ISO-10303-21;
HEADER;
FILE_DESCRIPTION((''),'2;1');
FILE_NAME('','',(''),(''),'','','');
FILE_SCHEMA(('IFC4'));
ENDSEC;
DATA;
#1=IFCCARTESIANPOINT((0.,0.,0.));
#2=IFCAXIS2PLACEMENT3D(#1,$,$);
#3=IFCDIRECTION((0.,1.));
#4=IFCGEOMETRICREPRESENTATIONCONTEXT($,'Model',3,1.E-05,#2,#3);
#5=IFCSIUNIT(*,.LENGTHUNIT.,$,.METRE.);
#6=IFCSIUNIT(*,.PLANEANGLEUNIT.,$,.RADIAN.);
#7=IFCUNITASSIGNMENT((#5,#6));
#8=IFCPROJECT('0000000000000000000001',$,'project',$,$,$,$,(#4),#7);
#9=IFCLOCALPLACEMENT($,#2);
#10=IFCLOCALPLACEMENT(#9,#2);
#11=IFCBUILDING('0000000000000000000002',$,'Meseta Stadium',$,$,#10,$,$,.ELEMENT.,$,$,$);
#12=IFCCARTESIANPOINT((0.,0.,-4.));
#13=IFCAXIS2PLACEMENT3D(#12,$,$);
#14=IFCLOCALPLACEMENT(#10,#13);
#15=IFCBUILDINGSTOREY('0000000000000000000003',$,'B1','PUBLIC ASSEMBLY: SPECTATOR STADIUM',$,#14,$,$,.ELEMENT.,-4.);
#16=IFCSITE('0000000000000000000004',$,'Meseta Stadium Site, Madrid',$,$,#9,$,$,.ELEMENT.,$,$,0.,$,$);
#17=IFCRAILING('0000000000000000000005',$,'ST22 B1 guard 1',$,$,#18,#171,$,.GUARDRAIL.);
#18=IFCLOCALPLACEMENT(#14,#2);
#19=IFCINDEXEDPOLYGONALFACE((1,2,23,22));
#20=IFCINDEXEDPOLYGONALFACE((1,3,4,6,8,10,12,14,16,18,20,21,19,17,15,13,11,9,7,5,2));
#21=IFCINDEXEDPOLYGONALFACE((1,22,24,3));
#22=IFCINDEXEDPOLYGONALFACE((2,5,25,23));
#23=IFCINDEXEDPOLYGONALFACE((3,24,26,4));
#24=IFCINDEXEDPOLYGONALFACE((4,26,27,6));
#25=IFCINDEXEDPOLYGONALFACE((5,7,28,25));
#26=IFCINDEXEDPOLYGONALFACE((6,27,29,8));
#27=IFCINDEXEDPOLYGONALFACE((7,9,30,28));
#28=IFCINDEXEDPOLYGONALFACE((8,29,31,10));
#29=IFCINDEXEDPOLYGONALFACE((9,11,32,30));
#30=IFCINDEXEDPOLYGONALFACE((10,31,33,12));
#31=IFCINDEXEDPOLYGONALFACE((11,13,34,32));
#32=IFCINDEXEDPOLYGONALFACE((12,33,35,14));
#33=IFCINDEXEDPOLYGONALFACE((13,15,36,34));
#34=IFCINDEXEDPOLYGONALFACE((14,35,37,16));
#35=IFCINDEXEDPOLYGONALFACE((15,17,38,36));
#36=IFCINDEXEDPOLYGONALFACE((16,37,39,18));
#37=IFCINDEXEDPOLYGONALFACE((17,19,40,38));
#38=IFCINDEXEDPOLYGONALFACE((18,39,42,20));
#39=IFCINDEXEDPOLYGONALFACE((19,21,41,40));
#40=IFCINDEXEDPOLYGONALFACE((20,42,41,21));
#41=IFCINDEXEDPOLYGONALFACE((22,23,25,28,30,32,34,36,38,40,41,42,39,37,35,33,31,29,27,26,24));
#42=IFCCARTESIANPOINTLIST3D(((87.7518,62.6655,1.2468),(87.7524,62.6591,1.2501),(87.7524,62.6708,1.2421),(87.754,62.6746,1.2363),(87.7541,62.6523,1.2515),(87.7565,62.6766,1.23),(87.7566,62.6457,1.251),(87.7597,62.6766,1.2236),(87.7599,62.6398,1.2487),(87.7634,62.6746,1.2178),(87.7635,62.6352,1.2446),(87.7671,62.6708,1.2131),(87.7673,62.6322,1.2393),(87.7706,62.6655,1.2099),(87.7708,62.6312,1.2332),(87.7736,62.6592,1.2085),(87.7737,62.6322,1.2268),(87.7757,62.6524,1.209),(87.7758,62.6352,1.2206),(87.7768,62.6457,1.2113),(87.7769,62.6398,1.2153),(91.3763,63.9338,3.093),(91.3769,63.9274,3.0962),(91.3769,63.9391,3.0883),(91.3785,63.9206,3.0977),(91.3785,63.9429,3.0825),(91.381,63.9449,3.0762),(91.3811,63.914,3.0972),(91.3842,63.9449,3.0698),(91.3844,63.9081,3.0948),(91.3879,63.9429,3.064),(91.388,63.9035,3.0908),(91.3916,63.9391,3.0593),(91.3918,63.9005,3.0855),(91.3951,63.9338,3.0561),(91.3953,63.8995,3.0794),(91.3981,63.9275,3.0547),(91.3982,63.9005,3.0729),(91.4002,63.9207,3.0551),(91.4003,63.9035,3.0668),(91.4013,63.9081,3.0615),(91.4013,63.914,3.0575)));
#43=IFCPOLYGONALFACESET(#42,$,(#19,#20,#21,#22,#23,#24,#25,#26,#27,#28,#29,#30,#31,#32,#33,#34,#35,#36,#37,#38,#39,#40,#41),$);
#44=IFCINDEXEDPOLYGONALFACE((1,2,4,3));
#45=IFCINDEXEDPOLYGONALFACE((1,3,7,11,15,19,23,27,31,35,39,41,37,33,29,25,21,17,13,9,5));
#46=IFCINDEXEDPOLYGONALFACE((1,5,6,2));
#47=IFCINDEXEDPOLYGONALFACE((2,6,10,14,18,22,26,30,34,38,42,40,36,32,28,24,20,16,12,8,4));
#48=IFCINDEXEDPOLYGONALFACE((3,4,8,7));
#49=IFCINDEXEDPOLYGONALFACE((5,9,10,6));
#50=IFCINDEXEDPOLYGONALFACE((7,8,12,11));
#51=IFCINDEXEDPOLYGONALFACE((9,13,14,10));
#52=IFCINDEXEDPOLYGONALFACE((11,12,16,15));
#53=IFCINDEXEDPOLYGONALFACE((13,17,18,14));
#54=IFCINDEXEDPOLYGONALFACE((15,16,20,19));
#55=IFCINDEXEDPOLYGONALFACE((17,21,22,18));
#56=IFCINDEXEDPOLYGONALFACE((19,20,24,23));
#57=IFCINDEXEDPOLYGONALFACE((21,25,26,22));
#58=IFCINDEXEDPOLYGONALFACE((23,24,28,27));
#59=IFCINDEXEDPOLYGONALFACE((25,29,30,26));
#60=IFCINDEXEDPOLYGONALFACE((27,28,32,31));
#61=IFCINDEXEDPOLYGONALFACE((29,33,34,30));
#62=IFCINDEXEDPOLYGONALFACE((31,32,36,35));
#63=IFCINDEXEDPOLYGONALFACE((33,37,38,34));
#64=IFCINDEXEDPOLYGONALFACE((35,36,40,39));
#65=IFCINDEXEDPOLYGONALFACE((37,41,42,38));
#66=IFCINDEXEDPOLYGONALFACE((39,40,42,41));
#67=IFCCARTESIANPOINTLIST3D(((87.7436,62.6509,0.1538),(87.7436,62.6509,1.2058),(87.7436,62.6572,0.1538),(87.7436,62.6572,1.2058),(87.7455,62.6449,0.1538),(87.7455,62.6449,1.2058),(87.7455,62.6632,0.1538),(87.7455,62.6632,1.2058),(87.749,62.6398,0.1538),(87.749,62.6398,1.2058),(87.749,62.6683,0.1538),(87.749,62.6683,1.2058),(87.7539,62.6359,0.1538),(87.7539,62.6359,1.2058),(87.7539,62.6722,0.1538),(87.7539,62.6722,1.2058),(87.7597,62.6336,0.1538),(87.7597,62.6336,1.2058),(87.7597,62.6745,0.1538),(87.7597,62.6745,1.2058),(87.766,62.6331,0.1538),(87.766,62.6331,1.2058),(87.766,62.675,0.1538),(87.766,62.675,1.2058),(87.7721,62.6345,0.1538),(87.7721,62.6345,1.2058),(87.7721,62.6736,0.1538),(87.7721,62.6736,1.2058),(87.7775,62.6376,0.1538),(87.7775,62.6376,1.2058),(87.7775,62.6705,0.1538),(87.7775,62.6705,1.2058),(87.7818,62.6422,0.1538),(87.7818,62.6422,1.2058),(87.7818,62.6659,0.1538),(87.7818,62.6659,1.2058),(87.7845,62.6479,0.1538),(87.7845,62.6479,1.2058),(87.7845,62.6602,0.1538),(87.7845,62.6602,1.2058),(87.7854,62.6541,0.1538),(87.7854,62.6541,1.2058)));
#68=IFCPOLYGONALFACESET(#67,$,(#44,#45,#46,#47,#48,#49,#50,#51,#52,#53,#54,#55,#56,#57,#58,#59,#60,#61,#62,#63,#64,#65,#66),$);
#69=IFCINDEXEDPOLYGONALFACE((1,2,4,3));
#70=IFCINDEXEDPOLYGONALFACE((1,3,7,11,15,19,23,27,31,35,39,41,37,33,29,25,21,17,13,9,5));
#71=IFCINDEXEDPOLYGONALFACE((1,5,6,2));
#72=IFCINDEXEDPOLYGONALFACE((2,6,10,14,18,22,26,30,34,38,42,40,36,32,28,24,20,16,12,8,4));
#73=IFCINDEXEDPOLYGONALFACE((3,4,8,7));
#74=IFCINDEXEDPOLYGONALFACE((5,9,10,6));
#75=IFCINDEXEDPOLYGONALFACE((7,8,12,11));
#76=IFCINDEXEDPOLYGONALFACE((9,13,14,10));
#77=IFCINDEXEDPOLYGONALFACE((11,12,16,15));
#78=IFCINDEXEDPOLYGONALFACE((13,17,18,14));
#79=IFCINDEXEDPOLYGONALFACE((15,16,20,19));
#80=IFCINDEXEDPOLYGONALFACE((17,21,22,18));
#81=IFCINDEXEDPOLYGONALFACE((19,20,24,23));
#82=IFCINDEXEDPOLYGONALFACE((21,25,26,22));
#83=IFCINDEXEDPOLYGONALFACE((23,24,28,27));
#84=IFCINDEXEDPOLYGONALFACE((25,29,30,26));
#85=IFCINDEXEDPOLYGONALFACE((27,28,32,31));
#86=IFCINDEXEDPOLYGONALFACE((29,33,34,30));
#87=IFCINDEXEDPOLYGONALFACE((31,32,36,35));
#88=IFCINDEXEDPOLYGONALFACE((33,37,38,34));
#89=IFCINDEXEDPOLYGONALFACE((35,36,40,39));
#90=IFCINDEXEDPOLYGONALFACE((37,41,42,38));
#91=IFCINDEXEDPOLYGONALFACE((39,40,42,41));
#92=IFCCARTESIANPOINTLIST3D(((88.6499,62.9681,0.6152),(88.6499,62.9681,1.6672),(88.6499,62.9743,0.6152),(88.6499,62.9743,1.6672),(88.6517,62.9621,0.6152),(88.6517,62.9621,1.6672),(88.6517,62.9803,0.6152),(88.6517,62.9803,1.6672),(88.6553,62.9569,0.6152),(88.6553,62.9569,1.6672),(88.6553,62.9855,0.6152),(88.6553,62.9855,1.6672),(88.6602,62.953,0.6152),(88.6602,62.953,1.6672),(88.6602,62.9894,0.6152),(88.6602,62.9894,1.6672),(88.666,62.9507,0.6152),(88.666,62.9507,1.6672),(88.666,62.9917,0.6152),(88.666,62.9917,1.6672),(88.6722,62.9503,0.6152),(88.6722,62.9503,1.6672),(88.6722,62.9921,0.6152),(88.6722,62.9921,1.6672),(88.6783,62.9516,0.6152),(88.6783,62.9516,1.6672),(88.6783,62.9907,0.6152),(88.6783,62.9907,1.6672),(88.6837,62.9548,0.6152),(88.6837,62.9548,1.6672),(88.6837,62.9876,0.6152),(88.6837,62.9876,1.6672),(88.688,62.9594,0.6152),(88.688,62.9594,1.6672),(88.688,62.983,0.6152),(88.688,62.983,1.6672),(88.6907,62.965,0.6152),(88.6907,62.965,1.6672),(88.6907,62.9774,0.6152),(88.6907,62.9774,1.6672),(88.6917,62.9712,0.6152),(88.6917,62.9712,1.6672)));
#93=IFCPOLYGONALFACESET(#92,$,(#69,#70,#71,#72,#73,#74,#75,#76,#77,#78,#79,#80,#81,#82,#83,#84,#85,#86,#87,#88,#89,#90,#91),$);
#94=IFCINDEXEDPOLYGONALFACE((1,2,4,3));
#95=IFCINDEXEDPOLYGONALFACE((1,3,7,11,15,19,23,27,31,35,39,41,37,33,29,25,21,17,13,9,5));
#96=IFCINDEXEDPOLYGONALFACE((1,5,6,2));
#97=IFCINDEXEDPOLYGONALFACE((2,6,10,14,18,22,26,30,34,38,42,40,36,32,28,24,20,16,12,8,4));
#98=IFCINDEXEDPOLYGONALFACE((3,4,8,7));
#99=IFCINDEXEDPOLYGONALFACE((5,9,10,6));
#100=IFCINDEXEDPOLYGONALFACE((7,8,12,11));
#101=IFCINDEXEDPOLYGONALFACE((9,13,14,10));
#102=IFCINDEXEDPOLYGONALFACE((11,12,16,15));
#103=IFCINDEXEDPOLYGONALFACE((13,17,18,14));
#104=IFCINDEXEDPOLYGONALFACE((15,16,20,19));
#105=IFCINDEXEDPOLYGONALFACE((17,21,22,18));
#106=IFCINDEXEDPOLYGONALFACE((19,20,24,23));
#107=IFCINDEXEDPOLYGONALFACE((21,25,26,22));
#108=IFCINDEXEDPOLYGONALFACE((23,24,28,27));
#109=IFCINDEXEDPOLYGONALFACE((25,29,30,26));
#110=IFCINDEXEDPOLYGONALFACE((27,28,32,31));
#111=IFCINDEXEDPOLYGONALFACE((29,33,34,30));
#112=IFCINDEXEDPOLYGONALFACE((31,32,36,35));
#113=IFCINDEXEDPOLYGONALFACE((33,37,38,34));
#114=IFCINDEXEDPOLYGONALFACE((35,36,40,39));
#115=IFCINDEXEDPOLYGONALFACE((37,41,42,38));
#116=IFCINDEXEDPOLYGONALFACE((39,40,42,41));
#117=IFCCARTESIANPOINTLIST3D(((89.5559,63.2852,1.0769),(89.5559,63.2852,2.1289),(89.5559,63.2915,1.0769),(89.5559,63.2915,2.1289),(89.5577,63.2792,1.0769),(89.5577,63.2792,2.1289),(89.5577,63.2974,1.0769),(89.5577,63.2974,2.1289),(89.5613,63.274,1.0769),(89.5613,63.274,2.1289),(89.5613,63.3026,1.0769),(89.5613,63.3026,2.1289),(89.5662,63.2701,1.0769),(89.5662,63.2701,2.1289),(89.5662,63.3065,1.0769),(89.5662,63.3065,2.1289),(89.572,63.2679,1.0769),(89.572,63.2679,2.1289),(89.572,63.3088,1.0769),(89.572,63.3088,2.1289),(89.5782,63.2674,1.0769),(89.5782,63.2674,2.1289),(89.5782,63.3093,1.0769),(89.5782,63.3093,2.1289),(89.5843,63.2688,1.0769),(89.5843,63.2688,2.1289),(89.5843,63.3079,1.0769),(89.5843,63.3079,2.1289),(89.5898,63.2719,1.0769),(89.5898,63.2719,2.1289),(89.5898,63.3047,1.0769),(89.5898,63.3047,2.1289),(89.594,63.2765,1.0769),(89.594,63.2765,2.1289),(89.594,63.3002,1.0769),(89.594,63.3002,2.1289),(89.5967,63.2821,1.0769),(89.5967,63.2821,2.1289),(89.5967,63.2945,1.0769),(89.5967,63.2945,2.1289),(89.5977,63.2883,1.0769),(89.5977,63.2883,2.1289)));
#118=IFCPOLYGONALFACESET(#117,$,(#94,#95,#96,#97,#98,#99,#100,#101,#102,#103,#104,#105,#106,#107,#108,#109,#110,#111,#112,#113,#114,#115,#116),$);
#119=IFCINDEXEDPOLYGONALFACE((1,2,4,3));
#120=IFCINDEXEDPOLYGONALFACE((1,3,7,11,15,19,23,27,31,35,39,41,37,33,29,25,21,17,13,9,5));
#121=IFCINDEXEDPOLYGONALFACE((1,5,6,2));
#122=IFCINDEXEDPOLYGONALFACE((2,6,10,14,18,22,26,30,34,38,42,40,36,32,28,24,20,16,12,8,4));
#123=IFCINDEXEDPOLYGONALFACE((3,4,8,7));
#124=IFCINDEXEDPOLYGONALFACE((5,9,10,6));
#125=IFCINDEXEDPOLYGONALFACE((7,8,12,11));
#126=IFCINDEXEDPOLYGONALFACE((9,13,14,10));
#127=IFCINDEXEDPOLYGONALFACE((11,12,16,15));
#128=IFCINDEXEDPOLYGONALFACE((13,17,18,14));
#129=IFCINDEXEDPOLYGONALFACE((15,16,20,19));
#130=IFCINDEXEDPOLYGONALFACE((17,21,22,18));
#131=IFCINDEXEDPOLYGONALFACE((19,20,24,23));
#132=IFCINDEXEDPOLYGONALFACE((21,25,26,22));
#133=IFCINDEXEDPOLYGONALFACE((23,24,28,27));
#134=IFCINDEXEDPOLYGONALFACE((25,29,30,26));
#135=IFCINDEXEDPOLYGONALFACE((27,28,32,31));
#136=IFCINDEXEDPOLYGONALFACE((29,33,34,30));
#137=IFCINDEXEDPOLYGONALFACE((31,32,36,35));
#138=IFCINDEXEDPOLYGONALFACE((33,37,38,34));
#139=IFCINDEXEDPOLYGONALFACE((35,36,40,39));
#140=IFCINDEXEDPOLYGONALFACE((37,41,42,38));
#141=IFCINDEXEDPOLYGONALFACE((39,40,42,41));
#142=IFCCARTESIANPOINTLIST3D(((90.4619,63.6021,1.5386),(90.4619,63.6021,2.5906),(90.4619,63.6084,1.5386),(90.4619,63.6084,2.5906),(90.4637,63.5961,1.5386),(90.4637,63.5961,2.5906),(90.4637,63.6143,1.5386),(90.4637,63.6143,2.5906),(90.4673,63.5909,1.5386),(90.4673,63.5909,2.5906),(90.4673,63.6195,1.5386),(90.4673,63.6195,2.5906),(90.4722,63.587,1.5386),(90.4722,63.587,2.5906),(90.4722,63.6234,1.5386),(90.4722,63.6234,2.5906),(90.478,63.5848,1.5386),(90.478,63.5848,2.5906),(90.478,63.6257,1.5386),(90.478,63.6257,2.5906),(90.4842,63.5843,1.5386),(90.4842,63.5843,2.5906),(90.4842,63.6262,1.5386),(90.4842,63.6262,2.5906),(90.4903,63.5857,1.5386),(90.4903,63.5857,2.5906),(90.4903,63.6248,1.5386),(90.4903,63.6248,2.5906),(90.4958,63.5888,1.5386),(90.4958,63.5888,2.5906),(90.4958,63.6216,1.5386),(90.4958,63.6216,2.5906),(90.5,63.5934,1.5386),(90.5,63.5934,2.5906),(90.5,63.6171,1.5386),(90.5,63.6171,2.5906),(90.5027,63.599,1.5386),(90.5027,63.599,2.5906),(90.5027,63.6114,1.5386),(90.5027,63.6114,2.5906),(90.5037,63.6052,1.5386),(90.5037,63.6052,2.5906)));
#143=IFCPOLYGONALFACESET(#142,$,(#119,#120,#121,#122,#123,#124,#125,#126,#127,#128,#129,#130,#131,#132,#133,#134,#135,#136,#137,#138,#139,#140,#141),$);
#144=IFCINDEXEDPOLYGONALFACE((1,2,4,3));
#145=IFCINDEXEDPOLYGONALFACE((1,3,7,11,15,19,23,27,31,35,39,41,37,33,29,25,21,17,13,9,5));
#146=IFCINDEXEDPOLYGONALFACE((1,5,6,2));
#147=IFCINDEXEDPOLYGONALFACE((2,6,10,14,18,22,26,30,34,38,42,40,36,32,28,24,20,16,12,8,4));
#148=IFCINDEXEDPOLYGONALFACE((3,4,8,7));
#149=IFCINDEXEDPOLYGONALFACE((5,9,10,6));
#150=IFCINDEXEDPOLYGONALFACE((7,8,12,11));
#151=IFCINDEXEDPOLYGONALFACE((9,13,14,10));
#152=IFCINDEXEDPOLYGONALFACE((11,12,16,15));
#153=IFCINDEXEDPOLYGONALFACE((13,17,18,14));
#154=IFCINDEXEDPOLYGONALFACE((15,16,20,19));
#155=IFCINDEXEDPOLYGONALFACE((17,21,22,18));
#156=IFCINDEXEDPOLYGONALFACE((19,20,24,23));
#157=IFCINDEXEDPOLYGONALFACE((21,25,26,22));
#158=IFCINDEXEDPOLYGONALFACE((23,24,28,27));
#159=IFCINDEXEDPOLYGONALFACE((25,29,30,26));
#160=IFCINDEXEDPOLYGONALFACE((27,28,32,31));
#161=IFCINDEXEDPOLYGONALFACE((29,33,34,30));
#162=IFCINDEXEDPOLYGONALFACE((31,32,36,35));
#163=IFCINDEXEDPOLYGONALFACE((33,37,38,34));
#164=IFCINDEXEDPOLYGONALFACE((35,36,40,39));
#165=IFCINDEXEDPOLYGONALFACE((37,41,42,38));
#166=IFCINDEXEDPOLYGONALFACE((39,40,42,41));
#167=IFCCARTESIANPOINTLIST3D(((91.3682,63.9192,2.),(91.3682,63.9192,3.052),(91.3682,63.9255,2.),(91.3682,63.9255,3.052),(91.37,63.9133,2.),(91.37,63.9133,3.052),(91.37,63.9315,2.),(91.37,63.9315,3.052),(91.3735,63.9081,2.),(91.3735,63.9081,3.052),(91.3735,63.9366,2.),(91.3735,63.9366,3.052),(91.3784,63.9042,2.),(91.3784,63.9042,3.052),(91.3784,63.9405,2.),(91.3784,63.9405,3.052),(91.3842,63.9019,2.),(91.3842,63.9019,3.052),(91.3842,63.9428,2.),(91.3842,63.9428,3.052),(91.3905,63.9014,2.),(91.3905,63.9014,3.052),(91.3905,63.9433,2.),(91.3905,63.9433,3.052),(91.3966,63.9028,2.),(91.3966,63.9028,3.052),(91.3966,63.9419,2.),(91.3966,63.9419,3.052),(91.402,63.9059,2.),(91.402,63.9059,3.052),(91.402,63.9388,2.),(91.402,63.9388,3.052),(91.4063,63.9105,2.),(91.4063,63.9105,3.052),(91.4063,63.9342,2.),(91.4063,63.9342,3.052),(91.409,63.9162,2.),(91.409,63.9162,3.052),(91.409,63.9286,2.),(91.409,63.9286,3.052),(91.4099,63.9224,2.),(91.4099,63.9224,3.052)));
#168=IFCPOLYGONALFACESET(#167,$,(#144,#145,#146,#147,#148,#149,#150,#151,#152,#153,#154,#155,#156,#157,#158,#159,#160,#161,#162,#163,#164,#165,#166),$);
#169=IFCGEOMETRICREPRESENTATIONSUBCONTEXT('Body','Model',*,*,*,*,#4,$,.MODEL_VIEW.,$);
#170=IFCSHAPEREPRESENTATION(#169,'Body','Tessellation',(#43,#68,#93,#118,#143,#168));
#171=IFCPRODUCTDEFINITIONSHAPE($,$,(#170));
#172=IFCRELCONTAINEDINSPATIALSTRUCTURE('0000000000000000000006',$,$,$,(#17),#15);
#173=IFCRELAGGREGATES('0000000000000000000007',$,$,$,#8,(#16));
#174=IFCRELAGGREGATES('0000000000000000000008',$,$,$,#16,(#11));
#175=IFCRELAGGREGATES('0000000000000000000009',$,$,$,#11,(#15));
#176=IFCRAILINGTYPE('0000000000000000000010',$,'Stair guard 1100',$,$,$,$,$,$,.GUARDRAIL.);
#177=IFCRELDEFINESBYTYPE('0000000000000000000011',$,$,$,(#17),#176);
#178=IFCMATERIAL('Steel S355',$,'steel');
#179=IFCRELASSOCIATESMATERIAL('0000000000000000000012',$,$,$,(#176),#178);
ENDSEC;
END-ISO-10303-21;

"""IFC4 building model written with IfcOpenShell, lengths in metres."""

from ifc_helpers import new_model, si_unit, direction, frame, origin, origin_2d, place, context, subcontext, project, spatial, circle, extrude, material, type_object, element, save


model = new_model("IFC4")

# Units and contexts
model_context = context("Model", 3, precision=1e-05, world=origin(), true_north=direction((0.0, 1.0)))
body_context = subcontext(model_context, "Body", "Model", "MODEL_VIEW")
ifc_project = project(units=[si_unit("LENGTHUNIT", "METRE"), si_unit("PLANEANGLEUNIT", "RADIAN")], contexts=[model_context])

# Site, building, storey
site_placement = place(None, origin())
site = spatial("IfcSite", under=ifc_project, at=site_placement, Name="Meseta Stadium Site, Madrid", CompositionType="ELEMENT", RefElevation=0.0)
building_placement = place(site_placement, origin())
building = spatial("IfcBuilding", under=site, at=building_placement, Name="Meseta Stadium", CompositionType="ELEMENT")
storey_placement = place(building_placement, frame((0.0, 0.0, -4.0)))
storey = spatial("IfcBuildingStorey", under=building, at=storey_placement, Name="B1", Description="PUBLIC ASSEMBLY: SPECTATOR STADIUM", CompositionType="ELEMENT", Elevation=-4.0)

# Railing
ifc_material_1 = material(Name="Steel S355", Category="steel")
railing_type_1 = type_object("IfcRailingType", Name="Stair guard 1100", PredefinedType="GUARDRAIL", material=ifc_material_1)
railing_1_placement = place(storey_placement, frame((87.7644, 62.6541, 0.1538)))
element("IfcRailing", 1, at=railing_1_placement, inside=storey, type_object=railing_type_1, Name="ST22 B1 guard 1", PredefinedType="GUARDRAIL", context=body_context, shape_type="SweptSolid", body=[
    extrude(circle(Radius=0.0239, at=origin_2d()), frame((0.0, 0.0, 1.0762), z_axis=(0.850672, 0.297672, 0.4333), x_axis=(-0.330288, 0.94388, 0.0)), (0.0, 0.0, 1.0), 4.2607),
    extrude(circle(Radius=0.021, at=origin_2d()), origin(), (0.0, 0.0, 1.0), 1.052),
    extrude(circle(Radius=0.021, at=origin_2d()), frame((0.9062, 0.3171, 0.4614)), (0.0, 0.0, 1.0), 1.052),
    extrude(circle(Radius=0.021, at=origin_2d()), frame((1.8123, 0.6343, 0.9231)), (0.0, 0.0, 1.0), 1.052),
    extrude(circle(Radius=0.021, at=origin_2d()), frame((2.7183, 0.9512, 1.3848)), (0.0, 0.0, 1.0), 1.052),
    extrude(circle(Radius=0.021, at=origin_2d()), frame((3.6245, 1.2683, 1.8462)), (0.0, 0.0, 1.0), 1.052),
])

save(model, "model.ifc")
